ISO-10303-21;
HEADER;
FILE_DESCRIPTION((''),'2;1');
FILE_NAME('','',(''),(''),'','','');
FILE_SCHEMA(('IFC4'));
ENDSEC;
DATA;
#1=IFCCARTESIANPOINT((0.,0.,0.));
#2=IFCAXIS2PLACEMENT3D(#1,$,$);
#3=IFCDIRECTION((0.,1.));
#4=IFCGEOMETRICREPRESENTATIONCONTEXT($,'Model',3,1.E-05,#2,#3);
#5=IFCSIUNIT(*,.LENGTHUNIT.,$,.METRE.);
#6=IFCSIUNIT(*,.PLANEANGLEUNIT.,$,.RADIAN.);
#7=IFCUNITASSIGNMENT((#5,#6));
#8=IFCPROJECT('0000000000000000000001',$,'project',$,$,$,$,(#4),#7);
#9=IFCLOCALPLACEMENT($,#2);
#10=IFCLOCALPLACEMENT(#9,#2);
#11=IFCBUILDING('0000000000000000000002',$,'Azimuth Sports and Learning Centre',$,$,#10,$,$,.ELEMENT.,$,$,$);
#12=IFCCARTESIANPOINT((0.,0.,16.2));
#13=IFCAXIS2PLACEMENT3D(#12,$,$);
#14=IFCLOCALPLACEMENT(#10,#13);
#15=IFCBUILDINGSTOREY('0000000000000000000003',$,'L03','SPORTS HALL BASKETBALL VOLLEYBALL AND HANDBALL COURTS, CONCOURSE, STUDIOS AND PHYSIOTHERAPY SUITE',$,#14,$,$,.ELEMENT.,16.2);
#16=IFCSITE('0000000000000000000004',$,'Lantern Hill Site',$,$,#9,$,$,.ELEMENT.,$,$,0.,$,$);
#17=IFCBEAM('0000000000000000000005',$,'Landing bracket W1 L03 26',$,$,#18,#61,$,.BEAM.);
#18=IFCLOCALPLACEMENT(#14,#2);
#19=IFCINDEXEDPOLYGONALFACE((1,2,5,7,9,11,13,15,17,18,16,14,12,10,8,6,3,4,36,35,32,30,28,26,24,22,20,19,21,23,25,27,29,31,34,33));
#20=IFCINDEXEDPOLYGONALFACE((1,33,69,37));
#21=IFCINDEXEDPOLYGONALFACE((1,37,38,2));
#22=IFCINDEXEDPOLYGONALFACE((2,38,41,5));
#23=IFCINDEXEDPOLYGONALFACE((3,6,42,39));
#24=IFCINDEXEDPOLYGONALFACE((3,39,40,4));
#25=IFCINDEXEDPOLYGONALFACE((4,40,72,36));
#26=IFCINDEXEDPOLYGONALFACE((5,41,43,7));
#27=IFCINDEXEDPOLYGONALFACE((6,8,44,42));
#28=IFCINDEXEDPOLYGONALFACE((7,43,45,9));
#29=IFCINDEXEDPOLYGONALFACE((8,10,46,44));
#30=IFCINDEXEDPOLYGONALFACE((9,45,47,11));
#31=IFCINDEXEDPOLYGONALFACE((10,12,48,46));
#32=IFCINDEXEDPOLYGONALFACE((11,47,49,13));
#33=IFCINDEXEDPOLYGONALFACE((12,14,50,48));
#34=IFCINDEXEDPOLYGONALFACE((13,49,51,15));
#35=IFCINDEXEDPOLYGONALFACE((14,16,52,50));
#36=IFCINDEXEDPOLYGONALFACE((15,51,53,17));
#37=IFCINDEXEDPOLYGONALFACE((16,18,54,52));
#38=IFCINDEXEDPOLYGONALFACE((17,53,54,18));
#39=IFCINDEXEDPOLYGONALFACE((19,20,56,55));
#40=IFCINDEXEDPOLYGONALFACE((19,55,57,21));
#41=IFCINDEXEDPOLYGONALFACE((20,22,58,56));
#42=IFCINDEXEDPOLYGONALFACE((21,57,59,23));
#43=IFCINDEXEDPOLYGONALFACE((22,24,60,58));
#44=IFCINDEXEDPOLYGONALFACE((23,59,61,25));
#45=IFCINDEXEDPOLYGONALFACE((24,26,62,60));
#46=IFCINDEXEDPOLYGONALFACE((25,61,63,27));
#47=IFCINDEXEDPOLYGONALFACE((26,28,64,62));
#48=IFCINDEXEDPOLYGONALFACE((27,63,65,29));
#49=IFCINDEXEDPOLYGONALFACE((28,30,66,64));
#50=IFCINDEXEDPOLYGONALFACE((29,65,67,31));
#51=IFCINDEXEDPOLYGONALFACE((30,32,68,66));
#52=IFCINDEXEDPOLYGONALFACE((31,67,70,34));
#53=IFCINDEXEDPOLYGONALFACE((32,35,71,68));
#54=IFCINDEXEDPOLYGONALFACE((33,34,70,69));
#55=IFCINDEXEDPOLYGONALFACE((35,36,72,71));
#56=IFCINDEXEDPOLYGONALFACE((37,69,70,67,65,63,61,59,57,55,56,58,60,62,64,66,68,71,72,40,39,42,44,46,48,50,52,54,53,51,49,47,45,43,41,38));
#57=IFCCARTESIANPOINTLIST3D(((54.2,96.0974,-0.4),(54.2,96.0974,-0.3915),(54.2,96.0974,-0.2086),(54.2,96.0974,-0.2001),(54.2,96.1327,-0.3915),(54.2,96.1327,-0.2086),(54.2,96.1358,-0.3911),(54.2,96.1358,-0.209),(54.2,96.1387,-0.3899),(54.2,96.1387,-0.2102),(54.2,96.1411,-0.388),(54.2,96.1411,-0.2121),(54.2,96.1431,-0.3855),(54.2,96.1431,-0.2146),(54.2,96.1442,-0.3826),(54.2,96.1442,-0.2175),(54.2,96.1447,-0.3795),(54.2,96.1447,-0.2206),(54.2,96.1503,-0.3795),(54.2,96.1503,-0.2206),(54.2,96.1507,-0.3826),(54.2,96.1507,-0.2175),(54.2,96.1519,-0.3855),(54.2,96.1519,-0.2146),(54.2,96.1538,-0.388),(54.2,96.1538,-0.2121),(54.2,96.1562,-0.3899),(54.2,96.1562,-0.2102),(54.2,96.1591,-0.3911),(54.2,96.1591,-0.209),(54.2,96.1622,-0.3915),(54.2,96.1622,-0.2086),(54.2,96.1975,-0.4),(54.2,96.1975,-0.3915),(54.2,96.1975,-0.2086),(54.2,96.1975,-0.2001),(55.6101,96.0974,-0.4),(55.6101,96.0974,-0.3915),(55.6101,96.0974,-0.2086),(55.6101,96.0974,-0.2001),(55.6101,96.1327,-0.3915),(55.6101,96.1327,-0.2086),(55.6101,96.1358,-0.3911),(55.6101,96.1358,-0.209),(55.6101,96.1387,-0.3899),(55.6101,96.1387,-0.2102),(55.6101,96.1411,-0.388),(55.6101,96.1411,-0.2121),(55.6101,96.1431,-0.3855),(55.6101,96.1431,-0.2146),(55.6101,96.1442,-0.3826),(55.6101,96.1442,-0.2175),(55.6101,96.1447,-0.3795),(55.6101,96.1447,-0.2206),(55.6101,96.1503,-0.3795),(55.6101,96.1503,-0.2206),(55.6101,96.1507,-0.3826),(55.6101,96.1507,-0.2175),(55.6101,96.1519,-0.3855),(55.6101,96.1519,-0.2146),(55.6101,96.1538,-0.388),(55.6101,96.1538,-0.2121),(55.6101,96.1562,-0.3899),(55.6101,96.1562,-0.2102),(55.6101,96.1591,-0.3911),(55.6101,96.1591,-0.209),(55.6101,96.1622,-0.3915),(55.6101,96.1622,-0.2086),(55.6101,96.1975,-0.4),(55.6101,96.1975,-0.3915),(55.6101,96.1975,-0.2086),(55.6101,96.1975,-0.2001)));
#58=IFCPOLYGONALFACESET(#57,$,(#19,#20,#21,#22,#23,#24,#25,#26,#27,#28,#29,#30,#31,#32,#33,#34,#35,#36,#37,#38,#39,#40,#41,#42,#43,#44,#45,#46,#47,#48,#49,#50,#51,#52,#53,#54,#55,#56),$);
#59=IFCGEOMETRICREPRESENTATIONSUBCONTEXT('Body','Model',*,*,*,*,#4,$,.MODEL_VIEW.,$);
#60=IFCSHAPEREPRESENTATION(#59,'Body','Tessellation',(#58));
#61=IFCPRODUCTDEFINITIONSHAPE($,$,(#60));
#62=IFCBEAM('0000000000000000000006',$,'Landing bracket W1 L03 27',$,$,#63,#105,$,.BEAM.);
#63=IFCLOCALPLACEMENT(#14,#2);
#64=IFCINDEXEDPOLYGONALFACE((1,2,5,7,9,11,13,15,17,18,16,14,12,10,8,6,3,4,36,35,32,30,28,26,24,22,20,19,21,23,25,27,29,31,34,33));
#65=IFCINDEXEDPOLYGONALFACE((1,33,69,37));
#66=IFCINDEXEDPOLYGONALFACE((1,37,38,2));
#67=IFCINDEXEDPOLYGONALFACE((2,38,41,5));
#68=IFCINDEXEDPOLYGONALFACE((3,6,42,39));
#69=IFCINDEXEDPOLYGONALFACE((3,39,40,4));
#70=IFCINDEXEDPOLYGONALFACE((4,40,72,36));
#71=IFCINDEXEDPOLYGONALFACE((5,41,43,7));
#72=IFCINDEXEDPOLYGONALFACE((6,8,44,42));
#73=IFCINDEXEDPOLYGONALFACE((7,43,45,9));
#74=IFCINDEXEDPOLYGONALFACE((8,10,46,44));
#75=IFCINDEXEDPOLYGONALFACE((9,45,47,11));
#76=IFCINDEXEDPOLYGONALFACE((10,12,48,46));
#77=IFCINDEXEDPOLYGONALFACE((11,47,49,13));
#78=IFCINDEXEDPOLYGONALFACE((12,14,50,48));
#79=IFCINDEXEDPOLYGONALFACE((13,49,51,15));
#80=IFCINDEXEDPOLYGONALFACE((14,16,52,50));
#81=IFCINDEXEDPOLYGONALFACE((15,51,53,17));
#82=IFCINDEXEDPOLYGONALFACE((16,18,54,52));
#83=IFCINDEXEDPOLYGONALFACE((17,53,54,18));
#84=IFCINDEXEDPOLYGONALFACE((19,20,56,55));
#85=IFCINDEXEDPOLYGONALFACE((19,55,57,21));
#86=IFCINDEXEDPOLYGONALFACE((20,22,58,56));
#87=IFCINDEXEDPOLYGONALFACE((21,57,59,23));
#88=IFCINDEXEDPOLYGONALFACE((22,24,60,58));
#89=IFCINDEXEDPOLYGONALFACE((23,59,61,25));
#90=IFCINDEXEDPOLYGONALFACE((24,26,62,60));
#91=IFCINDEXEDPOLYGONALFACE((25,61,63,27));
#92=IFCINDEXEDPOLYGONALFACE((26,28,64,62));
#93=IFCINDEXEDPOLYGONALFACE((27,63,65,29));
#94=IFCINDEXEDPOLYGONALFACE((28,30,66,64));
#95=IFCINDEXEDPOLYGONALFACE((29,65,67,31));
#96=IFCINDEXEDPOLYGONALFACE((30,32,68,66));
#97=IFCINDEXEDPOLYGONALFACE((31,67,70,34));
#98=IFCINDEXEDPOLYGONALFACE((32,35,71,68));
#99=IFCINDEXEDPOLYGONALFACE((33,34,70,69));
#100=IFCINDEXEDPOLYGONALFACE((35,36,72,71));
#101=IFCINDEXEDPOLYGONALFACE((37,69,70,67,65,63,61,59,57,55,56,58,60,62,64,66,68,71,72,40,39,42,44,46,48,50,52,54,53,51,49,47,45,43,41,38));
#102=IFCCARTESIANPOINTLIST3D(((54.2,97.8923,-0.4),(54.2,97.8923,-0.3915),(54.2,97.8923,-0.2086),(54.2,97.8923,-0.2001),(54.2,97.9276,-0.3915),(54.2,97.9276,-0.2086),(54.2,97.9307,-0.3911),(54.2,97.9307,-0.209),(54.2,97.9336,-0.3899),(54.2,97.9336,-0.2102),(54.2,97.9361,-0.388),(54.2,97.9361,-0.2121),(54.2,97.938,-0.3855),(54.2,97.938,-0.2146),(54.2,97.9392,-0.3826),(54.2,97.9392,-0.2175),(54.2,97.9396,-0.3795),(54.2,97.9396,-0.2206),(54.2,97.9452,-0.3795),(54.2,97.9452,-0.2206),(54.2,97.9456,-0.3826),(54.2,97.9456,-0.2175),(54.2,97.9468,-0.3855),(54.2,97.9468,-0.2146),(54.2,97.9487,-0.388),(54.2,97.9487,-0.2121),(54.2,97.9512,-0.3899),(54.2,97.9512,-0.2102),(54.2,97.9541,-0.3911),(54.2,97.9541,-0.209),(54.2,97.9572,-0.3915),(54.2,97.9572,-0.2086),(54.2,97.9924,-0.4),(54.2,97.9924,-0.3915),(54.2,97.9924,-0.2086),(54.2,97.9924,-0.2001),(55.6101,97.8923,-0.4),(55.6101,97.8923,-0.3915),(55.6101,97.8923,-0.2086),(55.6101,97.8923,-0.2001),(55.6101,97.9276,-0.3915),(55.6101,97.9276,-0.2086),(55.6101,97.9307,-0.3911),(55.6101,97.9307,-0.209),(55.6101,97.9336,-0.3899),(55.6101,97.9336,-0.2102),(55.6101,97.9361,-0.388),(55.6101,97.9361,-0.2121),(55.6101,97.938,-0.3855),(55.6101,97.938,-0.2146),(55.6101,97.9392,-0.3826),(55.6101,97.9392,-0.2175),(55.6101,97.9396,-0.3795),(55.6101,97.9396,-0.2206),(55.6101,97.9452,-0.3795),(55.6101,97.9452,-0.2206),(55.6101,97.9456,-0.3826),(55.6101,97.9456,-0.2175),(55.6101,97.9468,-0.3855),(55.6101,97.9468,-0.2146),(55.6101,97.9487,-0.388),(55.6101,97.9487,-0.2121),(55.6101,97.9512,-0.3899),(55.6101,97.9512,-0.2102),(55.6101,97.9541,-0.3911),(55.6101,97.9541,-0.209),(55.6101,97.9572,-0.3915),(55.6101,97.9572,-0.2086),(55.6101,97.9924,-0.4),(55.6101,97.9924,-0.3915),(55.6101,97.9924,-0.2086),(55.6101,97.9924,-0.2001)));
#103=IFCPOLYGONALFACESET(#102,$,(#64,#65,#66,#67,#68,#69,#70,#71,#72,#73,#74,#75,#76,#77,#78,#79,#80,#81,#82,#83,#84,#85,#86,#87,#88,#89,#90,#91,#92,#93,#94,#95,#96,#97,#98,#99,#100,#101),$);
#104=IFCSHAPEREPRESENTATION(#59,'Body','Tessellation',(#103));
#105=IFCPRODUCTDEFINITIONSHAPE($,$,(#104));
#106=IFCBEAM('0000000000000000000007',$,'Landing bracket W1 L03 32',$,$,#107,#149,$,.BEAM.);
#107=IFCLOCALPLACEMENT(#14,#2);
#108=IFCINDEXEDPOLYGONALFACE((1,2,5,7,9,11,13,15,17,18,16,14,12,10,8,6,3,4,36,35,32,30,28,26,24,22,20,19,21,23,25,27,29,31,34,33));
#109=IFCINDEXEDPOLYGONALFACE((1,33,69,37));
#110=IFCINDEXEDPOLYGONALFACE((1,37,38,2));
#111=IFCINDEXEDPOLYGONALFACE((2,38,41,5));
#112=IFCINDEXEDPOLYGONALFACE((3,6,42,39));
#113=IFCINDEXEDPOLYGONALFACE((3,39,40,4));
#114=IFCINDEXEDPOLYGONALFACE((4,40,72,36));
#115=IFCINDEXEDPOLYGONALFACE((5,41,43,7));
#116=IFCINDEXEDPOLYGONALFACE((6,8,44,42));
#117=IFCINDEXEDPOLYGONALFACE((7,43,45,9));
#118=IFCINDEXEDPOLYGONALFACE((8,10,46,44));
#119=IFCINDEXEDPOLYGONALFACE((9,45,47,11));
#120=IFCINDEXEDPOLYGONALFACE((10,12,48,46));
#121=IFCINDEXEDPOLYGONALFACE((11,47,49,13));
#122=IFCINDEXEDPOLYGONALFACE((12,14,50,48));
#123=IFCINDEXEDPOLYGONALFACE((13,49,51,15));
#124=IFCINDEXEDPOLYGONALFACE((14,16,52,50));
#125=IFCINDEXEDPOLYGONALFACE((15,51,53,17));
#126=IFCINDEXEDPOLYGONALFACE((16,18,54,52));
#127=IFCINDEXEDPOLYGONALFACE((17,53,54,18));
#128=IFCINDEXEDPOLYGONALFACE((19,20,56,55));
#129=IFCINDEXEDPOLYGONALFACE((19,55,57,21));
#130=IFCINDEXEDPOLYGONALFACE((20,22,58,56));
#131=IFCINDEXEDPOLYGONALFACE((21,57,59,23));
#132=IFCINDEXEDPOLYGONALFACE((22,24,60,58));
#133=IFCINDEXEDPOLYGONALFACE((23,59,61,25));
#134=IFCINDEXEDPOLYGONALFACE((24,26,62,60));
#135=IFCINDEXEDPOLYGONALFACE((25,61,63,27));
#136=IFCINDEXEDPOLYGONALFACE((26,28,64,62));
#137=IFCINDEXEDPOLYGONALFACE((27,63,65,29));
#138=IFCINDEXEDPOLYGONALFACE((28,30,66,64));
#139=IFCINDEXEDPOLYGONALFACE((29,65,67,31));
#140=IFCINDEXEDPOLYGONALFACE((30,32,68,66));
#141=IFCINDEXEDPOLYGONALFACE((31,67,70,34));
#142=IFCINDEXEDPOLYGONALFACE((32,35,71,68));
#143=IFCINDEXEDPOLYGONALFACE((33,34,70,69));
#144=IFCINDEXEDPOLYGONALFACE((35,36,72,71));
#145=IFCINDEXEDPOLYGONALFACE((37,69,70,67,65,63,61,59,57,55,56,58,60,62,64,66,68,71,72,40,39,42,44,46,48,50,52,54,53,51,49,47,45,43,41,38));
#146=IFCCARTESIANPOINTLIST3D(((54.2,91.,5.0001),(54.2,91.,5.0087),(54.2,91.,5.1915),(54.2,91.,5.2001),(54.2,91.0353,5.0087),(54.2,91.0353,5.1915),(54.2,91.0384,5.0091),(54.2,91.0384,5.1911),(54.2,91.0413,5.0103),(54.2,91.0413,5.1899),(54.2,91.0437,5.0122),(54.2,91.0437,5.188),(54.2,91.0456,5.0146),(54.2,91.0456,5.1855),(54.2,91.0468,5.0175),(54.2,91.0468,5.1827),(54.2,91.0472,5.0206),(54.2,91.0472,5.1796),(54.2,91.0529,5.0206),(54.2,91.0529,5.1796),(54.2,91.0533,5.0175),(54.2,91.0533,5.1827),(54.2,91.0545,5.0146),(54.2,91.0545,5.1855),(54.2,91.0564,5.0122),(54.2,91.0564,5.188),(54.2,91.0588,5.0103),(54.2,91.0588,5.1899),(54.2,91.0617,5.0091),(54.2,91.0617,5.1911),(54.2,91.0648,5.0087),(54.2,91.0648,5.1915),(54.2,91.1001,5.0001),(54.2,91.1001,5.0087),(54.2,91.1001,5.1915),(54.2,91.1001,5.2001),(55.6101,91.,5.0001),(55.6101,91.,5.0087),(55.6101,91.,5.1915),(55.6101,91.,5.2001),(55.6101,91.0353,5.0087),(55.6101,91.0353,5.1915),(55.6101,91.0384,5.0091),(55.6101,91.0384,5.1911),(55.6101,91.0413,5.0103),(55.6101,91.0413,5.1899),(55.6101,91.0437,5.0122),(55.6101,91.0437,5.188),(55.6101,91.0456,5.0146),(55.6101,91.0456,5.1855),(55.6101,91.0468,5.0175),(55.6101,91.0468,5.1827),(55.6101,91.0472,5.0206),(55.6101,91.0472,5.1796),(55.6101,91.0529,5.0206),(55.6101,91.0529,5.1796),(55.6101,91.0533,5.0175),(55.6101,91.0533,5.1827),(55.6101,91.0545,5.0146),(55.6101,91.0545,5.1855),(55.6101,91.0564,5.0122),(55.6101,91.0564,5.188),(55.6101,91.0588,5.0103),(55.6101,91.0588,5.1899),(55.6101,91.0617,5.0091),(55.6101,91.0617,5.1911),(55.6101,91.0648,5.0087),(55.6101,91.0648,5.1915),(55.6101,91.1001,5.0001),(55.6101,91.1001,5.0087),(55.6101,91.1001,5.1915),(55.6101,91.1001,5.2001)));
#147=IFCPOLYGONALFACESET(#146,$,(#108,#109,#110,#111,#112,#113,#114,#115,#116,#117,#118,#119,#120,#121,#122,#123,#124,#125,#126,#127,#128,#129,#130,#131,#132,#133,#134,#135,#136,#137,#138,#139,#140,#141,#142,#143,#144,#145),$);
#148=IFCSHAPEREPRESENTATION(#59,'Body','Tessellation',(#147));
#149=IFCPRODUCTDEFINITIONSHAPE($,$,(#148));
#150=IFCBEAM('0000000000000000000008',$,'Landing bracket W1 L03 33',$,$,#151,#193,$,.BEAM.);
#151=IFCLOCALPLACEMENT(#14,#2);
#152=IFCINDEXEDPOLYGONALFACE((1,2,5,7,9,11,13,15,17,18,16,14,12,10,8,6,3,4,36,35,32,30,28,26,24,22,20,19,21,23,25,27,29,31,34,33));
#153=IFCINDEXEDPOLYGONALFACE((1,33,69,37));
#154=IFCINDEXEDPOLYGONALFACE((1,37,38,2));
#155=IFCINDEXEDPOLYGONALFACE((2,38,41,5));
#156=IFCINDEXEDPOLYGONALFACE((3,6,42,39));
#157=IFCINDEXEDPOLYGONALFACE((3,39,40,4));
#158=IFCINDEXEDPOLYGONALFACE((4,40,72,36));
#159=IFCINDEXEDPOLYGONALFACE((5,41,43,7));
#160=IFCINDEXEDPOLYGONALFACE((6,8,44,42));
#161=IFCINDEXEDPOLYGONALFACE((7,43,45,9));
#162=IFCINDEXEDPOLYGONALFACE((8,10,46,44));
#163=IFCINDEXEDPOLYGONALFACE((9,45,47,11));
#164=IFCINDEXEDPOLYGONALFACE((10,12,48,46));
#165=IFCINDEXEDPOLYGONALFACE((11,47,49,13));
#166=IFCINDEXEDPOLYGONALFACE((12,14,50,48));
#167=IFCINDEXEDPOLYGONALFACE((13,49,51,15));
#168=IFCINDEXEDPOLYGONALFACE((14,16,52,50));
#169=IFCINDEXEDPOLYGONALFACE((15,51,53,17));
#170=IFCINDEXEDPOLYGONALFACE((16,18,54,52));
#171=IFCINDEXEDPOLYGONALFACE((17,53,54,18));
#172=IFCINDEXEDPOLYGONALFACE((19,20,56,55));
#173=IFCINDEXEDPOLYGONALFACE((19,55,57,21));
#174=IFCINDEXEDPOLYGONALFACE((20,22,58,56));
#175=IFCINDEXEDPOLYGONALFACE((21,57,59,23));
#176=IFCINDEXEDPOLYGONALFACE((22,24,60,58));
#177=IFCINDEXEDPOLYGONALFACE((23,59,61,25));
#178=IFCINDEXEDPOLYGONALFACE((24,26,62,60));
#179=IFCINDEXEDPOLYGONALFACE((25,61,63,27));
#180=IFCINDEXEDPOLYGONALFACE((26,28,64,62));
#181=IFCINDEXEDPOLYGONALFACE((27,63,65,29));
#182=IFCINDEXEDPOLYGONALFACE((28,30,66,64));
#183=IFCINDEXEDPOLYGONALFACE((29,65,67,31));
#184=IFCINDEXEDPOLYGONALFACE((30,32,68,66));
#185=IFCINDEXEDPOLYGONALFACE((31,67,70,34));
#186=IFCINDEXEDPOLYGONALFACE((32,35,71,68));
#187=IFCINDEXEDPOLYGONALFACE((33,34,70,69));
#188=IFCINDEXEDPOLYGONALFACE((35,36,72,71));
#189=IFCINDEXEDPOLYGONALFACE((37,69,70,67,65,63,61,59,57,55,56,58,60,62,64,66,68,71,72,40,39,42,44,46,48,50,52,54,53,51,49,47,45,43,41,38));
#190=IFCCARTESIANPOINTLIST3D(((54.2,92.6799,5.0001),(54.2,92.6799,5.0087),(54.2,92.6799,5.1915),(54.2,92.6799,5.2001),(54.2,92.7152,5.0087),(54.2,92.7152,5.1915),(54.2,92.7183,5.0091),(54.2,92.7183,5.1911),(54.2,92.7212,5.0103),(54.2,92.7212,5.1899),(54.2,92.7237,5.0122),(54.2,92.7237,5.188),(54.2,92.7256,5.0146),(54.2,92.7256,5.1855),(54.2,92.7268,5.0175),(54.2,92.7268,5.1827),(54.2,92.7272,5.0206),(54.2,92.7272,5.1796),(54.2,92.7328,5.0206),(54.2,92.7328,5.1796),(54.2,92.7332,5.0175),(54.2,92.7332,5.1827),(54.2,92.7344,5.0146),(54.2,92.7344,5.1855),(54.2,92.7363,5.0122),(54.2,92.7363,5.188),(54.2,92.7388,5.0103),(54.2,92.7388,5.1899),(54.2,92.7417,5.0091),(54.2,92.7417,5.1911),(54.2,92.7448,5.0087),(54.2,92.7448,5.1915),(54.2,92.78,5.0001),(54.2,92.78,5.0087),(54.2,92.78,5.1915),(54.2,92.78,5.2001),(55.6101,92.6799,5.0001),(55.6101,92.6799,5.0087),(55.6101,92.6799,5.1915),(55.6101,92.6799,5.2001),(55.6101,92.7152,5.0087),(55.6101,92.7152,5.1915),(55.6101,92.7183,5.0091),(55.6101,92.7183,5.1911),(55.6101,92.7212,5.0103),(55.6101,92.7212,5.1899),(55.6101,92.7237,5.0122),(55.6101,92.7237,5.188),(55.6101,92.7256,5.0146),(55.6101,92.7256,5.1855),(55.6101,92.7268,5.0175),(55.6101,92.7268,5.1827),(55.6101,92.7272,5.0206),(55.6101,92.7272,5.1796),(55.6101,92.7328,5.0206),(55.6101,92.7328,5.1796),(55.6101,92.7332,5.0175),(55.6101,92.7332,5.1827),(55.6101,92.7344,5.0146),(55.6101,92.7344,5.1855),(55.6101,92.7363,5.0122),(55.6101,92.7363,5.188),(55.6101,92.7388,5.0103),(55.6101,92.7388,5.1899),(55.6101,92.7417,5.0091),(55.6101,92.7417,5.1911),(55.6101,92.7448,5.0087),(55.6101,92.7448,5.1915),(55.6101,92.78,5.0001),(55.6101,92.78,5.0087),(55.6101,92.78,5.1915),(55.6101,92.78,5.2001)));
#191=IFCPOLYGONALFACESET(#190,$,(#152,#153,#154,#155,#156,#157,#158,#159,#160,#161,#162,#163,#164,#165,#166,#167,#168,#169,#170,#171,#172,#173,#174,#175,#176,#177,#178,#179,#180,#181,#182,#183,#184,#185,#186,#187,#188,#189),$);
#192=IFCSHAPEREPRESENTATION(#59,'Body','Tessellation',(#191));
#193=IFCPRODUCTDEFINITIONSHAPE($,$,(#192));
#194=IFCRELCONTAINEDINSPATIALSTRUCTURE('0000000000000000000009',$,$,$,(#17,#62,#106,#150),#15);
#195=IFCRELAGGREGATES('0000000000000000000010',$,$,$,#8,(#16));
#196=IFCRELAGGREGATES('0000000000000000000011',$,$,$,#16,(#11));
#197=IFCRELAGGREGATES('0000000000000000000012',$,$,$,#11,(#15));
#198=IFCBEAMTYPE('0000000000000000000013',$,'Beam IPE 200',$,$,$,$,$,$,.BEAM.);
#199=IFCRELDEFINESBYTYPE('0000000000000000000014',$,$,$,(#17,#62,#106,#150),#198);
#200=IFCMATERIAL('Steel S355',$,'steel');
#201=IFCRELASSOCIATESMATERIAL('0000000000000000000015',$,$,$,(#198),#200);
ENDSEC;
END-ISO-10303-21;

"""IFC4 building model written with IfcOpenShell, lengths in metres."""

from ifc_helpers import new_model, si_unit, direction, frame, origin, origin_2d, place, context, subcontext, project, spatial, i_section, extrude, material, material_profile, profile_set, type_object, element, save


model = new_model("IFC4")

# Units and contexts
model_context = context("Model", 3, precision=1e-05, world=origin(), true_north=direction((0.0, 1.0)))
body_context = subcontext(model_context, "Body", "Model", "MODEL_VIEW")
ifc_project = project(units=[si_unit("LENGTHUNIT", "METRE"), si_unit("PLANEANGLEUNIT", "RADIAN")], contexts=[model_context])

# Site, building, storey
site_placement = place(None, origin())
site = spatial("IfcSite", under=ifc_project, at=site_placement, Name="Lantern Hill Site", CompositionType="ELEMENT", RefElevation=0.0)
building_placement = place(site_placement, origin())
building = spatial("IfcBuilding", under=site, at=building_placement, Name="Azimuth Sports and Learning Centre", CompositionType="ELEMENT")
storey_placement = place(building_placement, frame((0.0, 0.0, 16.2)))
storey = spatial("IfcBuildingStorey", under=building, at=storey_placement, Name="L03", Description="SPORTS HALL BASKETBALL VOLLEYBALL AND HANDBALL COURTS, CONCOURSE, STUDIOS AND PHYSIOTHERAPY SUITE", CompositionType="ELEMENT", Elevation=16.2)

# Beams
ifc_material_1 = material(Name="Steel S355", Category="steel")
ifc_material_profile_1 = material_profile(ifc_material_1, i_section(OverallWidth=0.1001, OverallDepth=0.2, WebThickness=0.0056, FlangeThickness=0.0085, FilletRadius=0.012, at=origin_2d()), Name="IPE 200")
ifc_profile_set_1 = profile_set([ifc_material_profile_1], Name="Steel S355")
beam_type_1 = type_object("IfcBeamType", Name="Beam IPE 200", PredefinedType="BEAM", material=ifc_profile_set_1)
for number, where, z_axis, x_axis, name in (
    (1, (54.2, 96.1475, -0.3), (1.0, 0.0, 0.0), (0.0, 1.0, 0.0), "Landing bracket W1 L03 26"),
    (2, (54.2, 97.9424, -0.3), (1.0, 0.0, 0.0), (0.0, 1.0, 0.0), "Landing bracket W1 L03 27"),
    (3, (54.2, 91.05, 5.1001), (1.0, 0.0, 0.0), (0.0, 1.0, 0.0), "Landing bracket W1 L03 32"),
    (4, (54.2, 92.73, 5.1001), (1.0, 0.0, 0.0), (0.0, 1.0, 0.0), "Landing bracket W1 L03 33"),
):
    element("IfcBeam", number, at=place(storey_placement, frame(where, z_axis=z_axis, x_axis=x_axis)), inside=storey, type_object=beam_type_1, Name=name, PredefinedType="BEAM", context=body_context, shape_type="SweptSolid", body=[
        extrude(i_section(OverallWidth=0.1001, OverallDepth=0.2, WebThickness=0.0056, FlangeThickness=0.0085, FilletRadius=0.012, at=origin_2d()), origin(), (0.0, 0.0, 1.0), 1.4102),
    ])

save(model, "model.ifc")
